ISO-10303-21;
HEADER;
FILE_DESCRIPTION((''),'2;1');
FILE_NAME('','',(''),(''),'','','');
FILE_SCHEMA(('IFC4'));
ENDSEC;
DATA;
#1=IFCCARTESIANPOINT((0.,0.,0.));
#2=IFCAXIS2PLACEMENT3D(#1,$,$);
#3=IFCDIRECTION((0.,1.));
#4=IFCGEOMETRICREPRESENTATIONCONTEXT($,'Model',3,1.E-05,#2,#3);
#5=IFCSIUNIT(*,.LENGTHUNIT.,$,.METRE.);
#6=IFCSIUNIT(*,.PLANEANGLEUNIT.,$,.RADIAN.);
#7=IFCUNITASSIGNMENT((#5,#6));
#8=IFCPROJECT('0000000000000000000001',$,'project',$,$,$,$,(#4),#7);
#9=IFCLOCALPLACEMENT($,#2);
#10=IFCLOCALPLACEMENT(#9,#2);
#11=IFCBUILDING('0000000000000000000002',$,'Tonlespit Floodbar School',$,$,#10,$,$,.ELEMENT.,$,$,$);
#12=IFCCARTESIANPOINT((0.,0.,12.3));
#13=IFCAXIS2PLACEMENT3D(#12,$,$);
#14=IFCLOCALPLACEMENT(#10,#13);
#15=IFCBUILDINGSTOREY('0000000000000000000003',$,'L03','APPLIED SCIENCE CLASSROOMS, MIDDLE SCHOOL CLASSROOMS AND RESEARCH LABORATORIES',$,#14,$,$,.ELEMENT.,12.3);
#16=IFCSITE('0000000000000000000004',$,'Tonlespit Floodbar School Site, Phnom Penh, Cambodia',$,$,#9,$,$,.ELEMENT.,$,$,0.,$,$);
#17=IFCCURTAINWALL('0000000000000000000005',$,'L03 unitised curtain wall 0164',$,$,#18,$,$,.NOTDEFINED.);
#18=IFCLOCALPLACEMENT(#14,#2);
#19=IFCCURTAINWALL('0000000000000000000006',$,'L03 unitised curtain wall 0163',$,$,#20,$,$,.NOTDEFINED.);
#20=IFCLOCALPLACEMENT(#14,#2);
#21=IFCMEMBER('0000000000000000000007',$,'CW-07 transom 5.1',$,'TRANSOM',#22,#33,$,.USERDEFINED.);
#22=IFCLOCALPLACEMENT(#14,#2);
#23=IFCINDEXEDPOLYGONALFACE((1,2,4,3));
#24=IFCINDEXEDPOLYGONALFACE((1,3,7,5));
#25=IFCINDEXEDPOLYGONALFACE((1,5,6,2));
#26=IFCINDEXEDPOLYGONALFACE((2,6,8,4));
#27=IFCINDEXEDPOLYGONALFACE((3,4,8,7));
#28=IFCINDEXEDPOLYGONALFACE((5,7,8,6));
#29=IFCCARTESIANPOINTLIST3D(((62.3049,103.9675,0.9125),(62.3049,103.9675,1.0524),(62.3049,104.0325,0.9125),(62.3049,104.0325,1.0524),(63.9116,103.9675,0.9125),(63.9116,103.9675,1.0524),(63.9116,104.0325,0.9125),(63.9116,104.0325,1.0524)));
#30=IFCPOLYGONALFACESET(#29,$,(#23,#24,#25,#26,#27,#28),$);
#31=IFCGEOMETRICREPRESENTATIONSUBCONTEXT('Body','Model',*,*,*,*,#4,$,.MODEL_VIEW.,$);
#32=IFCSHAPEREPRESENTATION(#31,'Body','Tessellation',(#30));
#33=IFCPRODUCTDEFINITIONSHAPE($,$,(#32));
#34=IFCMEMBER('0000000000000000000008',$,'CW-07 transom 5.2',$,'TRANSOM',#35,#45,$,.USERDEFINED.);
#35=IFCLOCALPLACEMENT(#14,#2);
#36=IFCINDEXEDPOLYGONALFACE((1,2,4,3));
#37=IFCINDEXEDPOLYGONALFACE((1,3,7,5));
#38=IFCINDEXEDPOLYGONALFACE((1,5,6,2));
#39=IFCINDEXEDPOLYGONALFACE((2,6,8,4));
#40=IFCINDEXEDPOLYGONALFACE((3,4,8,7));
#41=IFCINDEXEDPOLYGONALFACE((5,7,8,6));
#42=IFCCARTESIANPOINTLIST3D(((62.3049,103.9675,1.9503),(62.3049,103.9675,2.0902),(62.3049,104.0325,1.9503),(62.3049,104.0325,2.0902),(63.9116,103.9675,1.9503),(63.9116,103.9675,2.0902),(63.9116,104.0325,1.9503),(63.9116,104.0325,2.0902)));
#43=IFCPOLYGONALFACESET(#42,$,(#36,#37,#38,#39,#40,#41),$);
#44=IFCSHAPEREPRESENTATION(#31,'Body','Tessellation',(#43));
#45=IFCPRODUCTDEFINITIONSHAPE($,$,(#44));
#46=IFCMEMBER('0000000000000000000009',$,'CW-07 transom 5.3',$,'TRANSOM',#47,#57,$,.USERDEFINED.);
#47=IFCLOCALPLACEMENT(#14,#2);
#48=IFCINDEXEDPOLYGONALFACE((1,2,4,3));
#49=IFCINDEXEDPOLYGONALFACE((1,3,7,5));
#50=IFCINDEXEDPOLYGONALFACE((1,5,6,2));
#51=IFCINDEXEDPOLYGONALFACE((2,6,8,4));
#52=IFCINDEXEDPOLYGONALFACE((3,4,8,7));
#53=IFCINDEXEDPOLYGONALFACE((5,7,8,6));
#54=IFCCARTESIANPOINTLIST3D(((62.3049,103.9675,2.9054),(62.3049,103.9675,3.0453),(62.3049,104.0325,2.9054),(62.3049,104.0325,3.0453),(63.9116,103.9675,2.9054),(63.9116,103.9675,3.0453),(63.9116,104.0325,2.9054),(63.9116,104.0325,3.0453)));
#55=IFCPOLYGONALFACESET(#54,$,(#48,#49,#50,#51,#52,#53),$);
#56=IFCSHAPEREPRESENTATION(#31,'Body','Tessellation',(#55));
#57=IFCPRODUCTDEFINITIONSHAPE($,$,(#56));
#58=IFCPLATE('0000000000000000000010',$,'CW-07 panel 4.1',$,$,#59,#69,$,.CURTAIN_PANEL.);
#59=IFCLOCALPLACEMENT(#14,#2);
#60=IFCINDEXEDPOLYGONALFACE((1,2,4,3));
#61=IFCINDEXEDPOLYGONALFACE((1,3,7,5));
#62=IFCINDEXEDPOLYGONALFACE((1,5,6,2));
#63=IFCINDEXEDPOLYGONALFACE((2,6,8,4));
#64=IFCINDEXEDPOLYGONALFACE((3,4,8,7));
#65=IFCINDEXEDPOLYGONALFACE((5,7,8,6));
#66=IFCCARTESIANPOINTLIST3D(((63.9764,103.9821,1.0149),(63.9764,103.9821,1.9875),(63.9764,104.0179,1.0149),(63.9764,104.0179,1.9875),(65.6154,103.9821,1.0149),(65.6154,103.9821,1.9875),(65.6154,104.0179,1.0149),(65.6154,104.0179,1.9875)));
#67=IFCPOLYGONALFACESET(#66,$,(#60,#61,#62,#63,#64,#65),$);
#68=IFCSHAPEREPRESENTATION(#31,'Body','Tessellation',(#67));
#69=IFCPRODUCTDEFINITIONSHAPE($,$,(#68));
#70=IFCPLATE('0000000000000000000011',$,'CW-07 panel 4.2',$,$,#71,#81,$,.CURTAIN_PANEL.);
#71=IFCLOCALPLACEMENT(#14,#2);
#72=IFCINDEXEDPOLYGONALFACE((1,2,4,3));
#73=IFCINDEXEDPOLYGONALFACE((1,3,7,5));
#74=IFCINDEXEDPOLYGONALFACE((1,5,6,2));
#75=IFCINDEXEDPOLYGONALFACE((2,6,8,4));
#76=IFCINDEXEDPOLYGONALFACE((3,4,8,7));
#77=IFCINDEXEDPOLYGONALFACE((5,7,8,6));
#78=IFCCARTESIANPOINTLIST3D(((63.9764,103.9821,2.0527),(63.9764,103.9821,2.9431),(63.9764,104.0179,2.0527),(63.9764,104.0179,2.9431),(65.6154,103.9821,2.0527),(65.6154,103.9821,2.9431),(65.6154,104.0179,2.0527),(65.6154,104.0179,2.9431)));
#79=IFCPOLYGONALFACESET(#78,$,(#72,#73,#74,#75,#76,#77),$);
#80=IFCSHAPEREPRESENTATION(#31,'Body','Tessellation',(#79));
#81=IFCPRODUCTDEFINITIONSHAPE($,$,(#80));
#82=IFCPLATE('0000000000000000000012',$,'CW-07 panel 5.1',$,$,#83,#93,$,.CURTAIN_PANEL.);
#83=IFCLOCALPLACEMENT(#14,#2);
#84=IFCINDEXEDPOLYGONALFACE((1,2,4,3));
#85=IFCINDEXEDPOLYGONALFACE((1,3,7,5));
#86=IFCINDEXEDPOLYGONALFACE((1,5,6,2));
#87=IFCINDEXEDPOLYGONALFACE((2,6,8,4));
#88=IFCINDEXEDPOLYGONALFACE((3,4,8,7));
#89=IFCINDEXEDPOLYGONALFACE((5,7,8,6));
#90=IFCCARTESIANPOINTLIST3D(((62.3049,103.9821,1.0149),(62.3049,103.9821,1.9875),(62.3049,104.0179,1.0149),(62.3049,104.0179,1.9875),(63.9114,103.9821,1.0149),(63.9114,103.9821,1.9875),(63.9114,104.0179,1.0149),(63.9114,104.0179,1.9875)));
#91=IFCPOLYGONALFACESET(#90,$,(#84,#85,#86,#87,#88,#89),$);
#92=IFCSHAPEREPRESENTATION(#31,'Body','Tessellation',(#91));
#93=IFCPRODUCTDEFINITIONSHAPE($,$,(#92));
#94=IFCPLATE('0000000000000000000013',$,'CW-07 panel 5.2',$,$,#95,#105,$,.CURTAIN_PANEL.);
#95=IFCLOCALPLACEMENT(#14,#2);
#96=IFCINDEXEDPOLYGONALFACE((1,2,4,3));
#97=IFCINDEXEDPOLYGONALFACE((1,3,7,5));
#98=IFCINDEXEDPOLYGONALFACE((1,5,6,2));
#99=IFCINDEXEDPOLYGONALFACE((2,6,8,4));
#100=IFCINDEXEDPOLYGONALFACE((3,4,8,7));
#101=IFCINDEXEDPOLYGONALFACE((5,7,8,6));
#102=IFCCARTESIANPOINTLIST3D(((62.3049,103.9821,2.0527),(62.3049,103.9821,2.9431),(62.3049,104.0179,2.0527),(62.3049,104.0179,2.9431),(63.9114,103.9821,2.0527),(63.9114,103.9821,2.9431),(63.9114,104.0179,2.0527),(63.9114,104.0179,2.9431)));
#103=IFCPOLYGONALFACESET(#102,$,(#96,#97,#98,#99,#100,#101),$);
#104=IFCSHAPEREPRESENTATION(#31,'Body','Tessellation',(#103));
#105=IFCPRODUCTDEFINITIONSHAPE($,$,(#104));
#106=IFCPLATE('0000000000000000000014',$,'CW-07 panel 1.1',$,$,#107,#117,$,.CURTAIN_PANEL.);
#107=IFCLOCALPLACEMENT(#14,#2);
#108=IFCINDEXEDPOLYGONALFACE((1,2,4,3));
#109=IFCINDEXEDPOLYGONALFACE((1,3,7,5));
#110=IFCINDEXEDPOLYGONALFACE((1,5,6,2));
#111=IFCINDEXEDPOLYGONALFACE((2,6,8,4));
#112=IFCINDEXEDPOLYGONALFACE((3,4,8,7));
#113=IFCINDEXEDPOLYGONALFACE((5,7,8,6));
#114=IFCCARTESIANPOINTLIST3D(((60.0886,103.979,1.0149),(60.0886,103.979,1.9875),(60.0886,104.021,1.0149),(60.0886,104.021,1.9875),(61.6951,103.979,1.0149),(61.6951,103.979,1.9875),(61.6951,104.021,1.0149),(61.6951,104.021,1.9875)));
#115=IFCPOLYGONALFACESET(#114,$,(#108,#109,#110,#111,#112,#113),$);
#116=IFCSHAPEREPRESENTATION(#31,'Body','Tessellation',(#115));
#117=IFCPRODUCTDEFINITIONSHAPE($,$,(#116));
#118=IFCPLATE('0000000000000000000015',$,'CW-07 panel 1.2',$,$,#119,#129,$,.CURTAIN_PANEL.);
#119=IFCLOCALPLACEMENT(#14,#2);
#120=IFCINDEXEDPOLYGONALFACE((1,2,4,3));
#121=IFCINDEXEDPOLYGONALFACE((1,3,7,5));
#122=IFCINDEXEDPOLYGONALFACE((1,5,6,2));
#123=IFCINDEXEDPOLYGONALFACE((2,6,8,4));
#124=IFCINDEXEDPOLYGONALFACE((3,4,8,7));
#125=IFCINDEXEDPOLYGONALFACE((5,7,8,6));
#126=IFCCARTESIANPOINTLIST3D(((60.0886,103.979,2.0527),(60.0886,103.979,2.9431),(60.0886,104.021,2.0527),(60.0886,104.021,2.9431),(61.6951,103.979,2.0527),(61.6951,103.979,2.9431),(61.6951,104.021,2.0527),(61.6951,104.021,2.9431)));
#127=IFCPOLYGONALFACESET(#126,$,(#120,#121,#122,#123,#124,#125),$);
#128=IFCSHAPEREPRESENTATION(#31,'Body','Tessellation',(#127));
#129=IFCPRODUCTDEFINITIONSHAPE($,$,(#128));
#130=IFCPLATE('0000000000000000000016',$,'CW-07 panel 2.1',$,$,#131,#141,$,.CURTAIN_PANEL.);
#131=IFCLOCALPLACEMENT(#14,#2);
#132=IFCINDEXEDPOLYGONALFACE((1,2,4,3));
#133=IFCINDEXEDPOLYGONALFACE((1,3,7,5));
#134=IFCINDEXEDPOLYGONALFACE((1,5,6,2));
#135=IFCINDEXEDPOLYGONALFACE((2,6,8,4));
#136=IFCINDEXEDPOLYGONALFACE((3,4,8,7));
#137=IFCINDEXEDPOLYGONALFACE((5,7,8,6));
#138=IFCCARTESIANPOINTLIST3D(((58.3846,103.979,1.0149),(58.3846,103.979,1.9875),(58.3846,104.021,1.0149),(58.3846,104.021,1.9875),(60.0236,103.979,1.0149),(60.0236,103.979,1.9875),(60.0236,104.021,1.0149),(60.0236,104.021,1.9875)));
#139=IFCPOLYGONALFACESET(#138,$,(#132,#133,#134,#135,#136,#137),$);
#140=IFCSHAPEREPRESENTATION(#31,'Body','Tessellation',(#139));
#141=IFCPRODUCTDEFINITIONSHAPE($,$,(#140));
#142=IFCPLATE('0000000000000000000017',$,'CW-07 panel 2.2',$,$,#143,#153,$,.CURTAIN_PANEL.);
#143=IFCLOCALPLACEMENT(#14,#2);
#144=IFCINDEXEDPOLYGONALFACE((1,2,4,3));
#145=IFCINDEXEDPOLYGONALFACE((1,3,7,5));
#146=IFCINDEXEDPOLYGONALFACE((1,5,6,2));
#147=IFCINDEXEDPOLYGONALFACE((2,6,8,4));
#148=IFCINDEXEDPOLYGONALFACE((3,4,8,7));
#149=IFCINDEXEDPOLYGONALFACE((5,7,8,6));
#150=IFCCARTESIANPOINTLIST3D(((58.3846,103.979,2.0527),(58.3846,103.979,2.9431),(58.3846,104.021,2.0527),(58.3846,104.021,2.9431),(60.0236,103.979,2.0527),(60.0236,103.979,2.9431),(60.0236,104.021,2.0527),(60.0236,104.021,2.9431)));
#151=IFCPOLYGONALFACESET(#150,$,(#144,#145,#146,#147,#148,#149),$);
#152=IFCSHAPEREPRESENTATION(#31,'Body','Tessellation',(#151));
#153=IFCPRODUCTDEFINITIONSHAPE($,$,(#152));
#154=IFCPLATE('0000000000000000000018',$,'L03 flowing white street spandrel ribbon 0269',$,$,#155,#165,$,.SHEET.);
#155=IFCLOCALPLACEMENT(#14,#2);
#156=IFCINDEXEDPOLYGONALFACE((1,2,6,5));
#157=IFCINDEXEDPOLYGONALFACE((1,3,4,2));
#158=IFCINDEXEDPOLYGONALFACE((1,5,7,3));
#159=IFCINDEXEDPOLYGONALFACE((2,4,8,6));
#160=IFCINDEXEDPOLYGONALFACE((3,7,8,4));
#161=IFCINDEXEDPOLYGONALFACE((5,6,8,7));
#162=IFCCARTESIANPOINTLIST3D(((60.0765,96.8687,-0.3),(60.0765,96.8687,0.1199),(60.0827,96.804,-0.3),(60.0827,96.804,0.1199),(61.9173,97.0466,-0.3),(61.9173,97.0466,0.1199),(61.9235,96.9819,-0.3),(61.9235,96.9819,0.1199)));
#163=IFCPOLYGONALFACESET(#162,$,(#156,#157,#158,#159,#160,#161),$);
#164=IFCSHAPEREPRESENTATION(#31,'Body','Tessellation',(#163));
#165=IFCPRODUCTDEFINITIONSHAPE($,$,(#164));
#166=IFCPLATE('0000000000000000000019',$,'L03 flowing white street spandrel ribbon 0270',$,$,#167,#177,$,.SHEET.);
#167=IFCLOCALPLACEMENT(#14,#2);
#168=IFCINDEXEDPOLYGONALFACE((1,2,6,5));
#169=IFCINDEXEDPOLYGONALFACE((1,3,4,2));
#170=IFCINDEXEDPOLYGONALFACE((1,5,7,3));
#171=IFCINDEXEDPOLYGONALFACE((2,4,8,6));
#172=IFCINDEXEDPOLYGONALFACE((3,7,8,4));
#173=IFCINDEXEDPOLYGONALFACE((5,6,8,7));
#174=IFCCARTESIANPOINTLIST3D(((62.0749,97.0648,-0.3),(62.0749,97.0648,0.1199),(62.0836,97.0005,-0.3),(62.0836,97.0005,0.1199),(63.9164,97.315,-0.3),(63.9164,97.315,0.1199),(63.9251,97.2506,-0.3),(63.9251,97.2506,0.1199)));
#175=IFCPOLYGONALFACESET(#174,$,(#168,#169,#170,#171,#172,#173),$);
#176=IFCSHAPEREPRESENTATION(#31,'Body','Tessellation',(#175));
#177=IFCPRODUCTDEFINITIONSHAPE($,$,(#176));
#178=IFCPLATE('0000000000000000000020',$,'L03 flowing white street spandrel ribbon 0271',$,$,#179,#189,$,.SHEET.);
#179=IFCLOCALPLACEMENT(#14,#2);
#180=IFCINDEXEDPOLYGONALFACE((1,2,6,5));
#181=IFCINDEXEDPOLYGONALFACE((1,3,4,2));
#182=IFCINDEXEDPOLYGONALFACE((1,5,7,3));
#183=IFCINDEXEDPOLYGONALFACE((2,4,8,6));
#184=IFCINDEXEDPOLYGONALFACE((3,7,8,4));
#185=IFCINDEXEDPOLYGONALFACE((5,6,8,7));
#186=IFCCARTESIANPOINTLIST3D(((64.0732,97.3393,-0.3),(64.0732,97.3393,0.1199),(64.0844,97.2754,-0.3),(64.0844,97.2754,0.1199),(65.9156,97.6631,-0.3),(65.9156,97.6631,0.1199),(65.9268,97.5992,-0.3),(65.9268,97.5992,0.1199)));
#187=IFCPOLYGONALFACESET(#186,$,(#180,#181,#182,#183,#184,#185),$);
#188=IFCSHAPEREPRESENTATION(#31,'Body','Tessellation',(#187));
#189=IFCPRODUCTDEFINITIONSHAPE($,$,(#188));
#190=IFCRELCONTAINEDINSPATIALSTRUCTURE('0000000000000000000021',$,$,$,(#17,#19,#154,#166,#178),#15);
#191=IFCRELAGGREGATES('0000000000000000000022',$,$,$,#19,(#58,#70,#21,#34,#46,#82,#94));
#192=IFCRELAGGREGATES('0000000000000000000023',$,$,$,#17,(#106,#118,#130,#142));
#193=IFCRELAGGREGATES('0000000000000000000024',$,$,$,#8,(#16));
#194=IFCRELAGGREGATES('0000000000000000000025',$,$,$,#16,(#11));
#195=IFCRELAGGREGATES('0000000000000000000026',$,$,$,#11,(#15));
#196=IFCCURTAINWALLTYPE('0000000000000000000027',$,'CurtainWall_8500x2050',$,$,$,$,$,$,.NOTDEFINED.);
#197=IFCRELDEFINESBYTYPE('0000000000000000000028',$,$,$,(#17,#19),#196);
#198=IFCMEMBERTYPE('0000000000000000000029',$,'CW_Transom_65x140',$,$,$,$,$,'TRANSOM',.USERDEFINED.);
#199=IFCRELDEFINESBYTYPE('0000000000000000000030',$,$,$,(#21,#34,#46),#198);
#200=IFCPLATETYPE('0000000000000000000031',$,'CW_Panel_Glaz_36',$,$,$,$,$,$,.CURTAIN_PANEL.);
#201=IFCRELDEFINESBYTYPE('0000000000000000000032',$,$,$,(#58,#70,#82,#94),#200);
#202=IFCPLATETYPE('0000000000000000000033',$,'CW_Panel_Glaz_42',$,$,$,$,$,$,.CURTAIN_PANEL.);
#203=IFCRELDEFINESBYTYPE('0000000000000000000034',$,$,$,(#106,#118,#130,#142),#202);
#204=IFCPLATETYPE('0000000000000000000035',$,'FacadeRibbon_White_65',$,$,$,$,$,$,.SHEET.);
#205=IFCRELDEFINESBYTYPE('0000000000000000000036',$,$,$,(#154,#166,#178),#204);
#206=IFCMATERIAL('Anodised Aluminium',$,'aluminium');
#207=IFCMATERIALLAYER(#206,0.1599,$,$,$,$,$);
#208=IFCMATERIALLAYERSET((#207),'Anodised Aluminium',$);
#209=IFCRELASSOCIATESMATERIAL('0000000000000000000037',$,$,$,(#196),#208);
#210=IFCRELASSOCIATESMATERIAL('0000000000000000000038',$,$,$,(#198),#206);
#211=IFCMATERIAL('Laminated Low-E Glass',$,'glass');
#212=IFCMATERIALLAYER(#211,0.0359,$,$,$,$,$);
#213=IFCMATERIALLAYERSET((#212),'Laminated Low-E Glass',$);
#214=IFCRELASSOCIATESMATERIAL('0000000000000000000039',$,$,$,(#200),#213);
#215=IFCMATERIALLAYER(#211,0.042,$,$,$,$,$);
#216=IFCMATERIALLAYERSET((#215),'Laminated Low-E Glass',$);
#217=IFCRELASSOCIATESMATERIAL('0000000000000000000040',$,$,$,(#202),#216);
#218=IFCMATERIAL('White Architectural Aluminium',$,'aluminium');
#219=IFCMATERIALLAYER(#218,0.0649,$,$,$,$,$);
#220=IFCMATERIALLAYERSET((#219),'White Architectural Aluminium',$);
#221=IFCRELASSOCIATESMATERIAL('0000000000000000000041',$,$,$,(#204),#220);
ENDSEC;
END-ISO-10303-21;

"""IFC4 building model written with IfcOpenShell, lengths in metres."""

from ifc_helpers import new_model, si_unit, direction, frame, origin, origin_2d, place, context, subcontext, project, spatial, rectangle, extrude, material, layer, layer_set, material_profile, profile_set, type_object, element, aggregate, save


model = new_model("IFC4")

# Units and contexts
model_context = context("Model", 3, precision=1e-05, world=origin(), true_north=direction((0.0, 1.0)))
body_context = subcontext(model_context, "Body", "Model", "MODEL_VIEW")
ifc_project = project(units=[si_unit("LENGTHUNIT", "METRE"), si_unit("PLANEANGLEUNIT", "RADIAN")], contexts=[model_context])

# Site, building, storey
site_placement = place(None, origin())
site = spatial("IfcSite", under=ifc_project, at=site_placement, Name="Tonlespit Floodbar School Site, Phnom Penh, Cambodia", CompositionType="ELEMENT", RefElevation=0.0)
building_placement = place(site_placement, origin())
building = spatial("IfcBuilding", under=site, at=building_placement, Name="Tonlespit Floodbar School", CompositionType="ELEMENT")
storey_placement = place(building_placement, frame((0.0, 0.0, 12.3)))
storey = spatial("IfcBuildingStorey", under=building, at=storey_placement, Name="L03", Description="APPLIED SCIENCE CLASSROOMS, MIDDLE SCHOOL CLASSROOMS AND RESEARCH LABORATORIES", CompositionType="ELEMENT", Elevation=12.3)

# Curtain walls
ifc_material_1 = material(Name="Anodised Aluminium", Category="aluminium")
ifc_layer_1 = layer(ifc_material_1, 0.1599)
ifc_layer_set_1 = layer_set([ifc_layer_1], Name="Anodised Aluminium")
curtain_wall_type = type_object("IfcCurtainWallType", Name="CurtainWall_8500x2050", PredefinedType="NOTDEFINED", material=ifc_layer_set_1)
curtain_wall_1_placement = place(storey_placement, origin())
curtain_wall_1 = element("IfcCurtainWall", 1, at=curtain_wall_1_placement, inside=storey, type_object=curtain_wall_type, Name="L03 unitised curtain wall 0164", PredefinedType="NOTDEFINED")
curtain_wall_2_placement = place(storey_placement, origin())
curtain_wall_2 = element("IfcCurtainWall", 2, at=curtain_wall_2_placement, inside=storey, type_object=curtain_wall_type, Name="L03 unitised curtain wall 0163", PredefinedType="NOTDEFINED")

# Members
ifc_material_profile_1 = material_profile(ifc_material_1, rectangle(XDim=0.0649, YDim=0.1399, at=origin_2d()), Name="ALU T65x140")
ifc_profile_set_1 = profile_set([ifc_material_profile_1], Name="Anodised Aluminium")
member_type_1 = type_object("IfcMemberType", Name="CW_Transom_65x140", ElementType="TRANSOM", PredefinedType="USERDEFINED", material=ifc_profile_set_1)
member_1_placement = place(storey_placement, frame((63.9116, 104.0, 0.9824), z_axis=(-1.0, 0.0, 0.0), x_axis=(0.0, -1.0, 0.0)))
member_1 = element("IfcMember", 3, at=member_1_placement, type_object=member_type_1, Name="CW-07 transom 5.1", ObjectType="TRANSOM", PredefinedType="USERDEFINED", context=body_context, shape_type="SweptSolid", body=[
    extrude(rectangle(XDim=0.0649, YDim=0.1399, at=origin_2d()), origin(), (0.0, 0.0, 1.0), 1.6067),
])
member_2_placement = place(storey_placement, frame((63.9116, 104.0, 2.0203), z_axis=(-1.0, 0.0, 0.0), x_axis=(0.0, -1.0, 0.0)))
member_2 = element("IfcMember", 4, at=member_2_placement, type_object=member_type_1, Name="CW-07 transom 5.2", ObjectType="TRANSOM", PredefinedType="USERDEFINED", context=body_context, shape_type="SweptSolid", body=[
    extrude(rectangle(XDim=0.0649, YDim=0.1399, at=origin_2d()), origin(), (0.0, 0.0, 1.0), 1.6067),
])
member_3_placement = place(storey_placement, frame((63.9116, 104.0, 2.9753), z_axis=(-1.0, 0.0, 0.0), x_axis=(0.0, -1.0, 0.0)))
member_3 = element("IfcMember", 5, at=member_3_placement, type_object=member_type_1, Name="CW-07 transom 5.3", ObjectType="TRANSOM", PredefinedType="USERDEFINED", context=body_context, shape_type="SweptSolid", body=[
    extrude(rectangle(XDim=0.0649, YDim=0.1399, at=origin_2d()), origin(), (0.0, 0.0, 1.0), 1.6067),
])

# Plates
ifc_material_2 = material(Name="Laminated Low-E Glass", Category="glass")
ifc_layer_2 = layer(ifc_material_2, 0.0359)
ifc_layer_set_2 = layer_set([ifc_layer_2], Name="Laminated Low-E Glass")
plate_type_1 = type_object("IfcPlateType", Name="CW_Panel_Glaz_36", PredefinedType="CURTAIN_PANEL", material=ifc_layer_set_2)
plate_1_placement = place(storey_placement, frame((64.7959, 104.0, 1.0149), z_axis=(0.0, 0.0, 1.0), x_axis=(-1.0, 0.0, 0.0)))
plate_1 = element("IfcPlate", 6, at=plate_1_placement, type_object=plate_type_1, Name="CW-07 panel 4.1", PredefinedType="CURTAIN_PANEL", context=body_context, shape_type="SweptSolid", body=[
    extrude(rectangle(XDim=1.6389, YDim=0.0359, at=origin_2d()), origin(), (0.0, 0.0, 1.0), 0.9727),
])
plate_2_placement = place(storey_placement, frame((64.7959, 104.0, 2.0527), z_axis=(0.0, 0.0, 1.0), x_axis=(-1.0, 0.0, 0.0)))
plate_2 = element("IfcPlate", 7, at=plate_2_placement, type_object=plate_type_1, Name="CW-07 panel 4.2", PredefinedType="CURTAIN_PANEL", context=body_context, shape_type="SweptSolid", body=[
    extrude(rectangle(XDim=1.6389, YDim=0.0359, at=origin_2d()), origin(), (0.0, 0.0, 1.0), 0.8904),
])
plate_3_placement = place(storey_placement, frame((63.1082, 104.0, 1.0149), z_axis=(0.0, 0.0, 1.0), x_axis=(-1.0, 0.0, 0.0)))
plate_3 = element("IfcPlate", 8, at=plate_3_placement, type_object=plate_type_1, Name="CW-07 panel 5.1", PredefinedType="CURTAIN_PANEL", context=body_context, shape_type="SweptSolid", body=[
    extrude(rectangle(XDim=1.6064, YDim=0.0359, at=origin_2d()), origin(), (0.0, 0.0, 1.0), 0.9727),
])
plate_4_placement = place(storey_placement, frame((63.1082, 104.0, 2.0527), z_axis=(0.0, 0.0, 1.0), x_axis=(-1.0, 0.0, 0.0)))
plate_4 = element("IfcPlate", 9, at=plate_4_placement, type_object=plate_type_1, Name="CW-07 panel 5.2", PredefinedType="CURTAIN_PANEL", context=body_context, shape_type="SweptSolid", body=[
    extrude(rectangle(XDim=1.6064, YDim=0.0359, at=origin_2d()), origin(), (0.0, 0.0, 1.0), 0.8904),
])
aggregate(curtain_wall_2, [plate_1, plate_2, member_1, member_2, member_3, plate_3, plate_4])
ifc_layer_3 = layer(ifc_material_2, 0.042)
ifc_layer_set_3 = layer_set([ifc_layer_3], Name="Laminated Low-E Glass")
plate_type_2 = type_object("IfcPlateType", Name="CW_Panel_Glaz_42", PredefinedType="CURTAIN_PANEL", material=ifc_layer_set_3)
plate_5_placement = place(storey_placement, frame((60.8918, 104.0, 1.0149), z_axis=(0.0, 0.0, 1.0), x_axis=(-1.0, 0.0, 0.0)))
plate_5 = element("IfcPlate", 10, at=plate_5_placement, type_object=plate_type_2, Name="CW-07 panel 1.1", PredefinedType="CURTAIN_PANEL", context=body_context, shape_type="SweptSolid", body=[
    extrude(rectangle(XDim=1.6064, YDim=0.042, at=origin_2d()), origin(), (0.0, 0.0, 1.0), 0.9727),
])
plate_6_placement = place(storey_placement, frame((60.8918, 104.0, 2.0527), z_axis=(0.0, 0.0, 1.0), x_axis=(-1.0, 0.0, 0.0)))
plate_6 = element("IfcPlate", 11, at=plate_6_placement, type_object=plate_type_2, Name="CW-07 panel 1.2", PredefinedType="CURTAIN_PANEL", context=body_context, shape_type="SweptSolid", body=[
    extrude(rectangle(XDim=1.6064, YDim=0.042, at=origin_2d()), origin(), (0.0, 0.0, 1.0), 0.8904),
])
plate_7_placement = place(storey_placement, frame((59.2041, 104.0, 1.0149), z_axis=(0.0, 0.0, 1.0), x_axis=(-1.0, 0.0, 0.0)))
plate_7 = element("IfcPlate", 12, at=plate_7_placement, type_object=plate_type_2, Name="CW-07 panel 2.1", PredefinedType="CURTAIN_PANEL", context=body_context, shape_type="SweptSolid", body=[
    extrude(rectangle(XDim=1.6389, YDim=0.042, at=origin_2d()), origin(), (0.0, 0.0, 1.0), 0.9727),
])
plate_8_placement = place(storey_placement, frame((59.2041, 104.0, 2.0527), z_axis=(0.0, 0.0, 1.0), x_axis=(-1.0, 0.0, 0.0)))
plate_8 = element("IfcPlate", 13, at=plate_8_placement, type_object=plate_type_2, Name="CW-07 panel 2.2", PredefinedType="CURTAIN_PANEL", context=body_context, shape_type="SweptSolid", body=[
    extrude(rectangle(XDim=1.6389, YDim=0.042, at=origin_2d()), origin(), (0.0, 0.0, 1.0), 0.8904),
])
aggregate(curtain_wall_1, [plate_5, plate_6, plate_7, plate_8])

# Plates
ifc_material_3 = material(Name="White Architectural Aluminium", Category="aluminium")
ifc_layer_4 = layer(ifc_material_3, 0.0649)
ifc_layer_set_4 = layer_set([ifc_layer_4], Name="White Architectural Aluminium")
plate_type_3 = type_object("IfcPlateType", Name="FacadeRibbon_White_65", PredefinedType="SHEET", material=ifc_layer_set_4)
plate_9_placement = place(storey_placement, frame((61.0, 96.9253, -0.3), z_axis=(0.0, 0.0, 1.0), x_axis=(0.995362, 0.096202, 0.0)))
element("IfcPlate", 14, at=plate_9_placement, inside=storey, type_object=plate_type_3, Name="L03 flowing white street spandrel ribbon 0269", PredefinedType="SHEET", context=body_context, shape_type="SweptSolid", body=[
    extrude(rectangle(XDim=1.8494, YDim=0.0649, at=origin_2d()), origin(), (0.0, 0.0, 1.0), 0.4199),
])
plate_10_placement = place(storey_placement, frame((63.0, 97.1577, -0.3), z_axis=(0.0, 0.0, 1.0), x_axis=(0.990898, 0.134614, 0.0)))
element("IfcPlate", 15, at=plate_10_placement, inside=storey, type_object=plate_type_3, Name="L03 flowing white street spandrel ribbon 0270", PredefinedType="SHEET", context=body_context, shape_type="SweptSolid", body=[
    extrude(rectangle(XDim=1.8584, YDim=0.0649, at=origin_2d()), origin(), (0.0, 0.0, 1.0), 0.4199),
])
plate_11_placement = place(storey_placement, frame((65.0, 97.4692, -0.3), z_axis=(0.0, 0.0, 1.0), x_axis=(0.984905, 0.173096, 0.0)))
element("IfcPlate", 16, at=plate_11_placement, inside=storey, type_object=plate_type_3, Name="L03 flowing white street spandrel ribbon 0271", PredefinedType="SHEET", context=body_context, shape_type="SweptSolid", body=[
    extrude(rectangle(XDim=1.8706, YDim=0.0649, at=origin_2d()), origin(), (0.0, 0.0, 1.0), 0.4199),
])

save(model, "model.ifc")
